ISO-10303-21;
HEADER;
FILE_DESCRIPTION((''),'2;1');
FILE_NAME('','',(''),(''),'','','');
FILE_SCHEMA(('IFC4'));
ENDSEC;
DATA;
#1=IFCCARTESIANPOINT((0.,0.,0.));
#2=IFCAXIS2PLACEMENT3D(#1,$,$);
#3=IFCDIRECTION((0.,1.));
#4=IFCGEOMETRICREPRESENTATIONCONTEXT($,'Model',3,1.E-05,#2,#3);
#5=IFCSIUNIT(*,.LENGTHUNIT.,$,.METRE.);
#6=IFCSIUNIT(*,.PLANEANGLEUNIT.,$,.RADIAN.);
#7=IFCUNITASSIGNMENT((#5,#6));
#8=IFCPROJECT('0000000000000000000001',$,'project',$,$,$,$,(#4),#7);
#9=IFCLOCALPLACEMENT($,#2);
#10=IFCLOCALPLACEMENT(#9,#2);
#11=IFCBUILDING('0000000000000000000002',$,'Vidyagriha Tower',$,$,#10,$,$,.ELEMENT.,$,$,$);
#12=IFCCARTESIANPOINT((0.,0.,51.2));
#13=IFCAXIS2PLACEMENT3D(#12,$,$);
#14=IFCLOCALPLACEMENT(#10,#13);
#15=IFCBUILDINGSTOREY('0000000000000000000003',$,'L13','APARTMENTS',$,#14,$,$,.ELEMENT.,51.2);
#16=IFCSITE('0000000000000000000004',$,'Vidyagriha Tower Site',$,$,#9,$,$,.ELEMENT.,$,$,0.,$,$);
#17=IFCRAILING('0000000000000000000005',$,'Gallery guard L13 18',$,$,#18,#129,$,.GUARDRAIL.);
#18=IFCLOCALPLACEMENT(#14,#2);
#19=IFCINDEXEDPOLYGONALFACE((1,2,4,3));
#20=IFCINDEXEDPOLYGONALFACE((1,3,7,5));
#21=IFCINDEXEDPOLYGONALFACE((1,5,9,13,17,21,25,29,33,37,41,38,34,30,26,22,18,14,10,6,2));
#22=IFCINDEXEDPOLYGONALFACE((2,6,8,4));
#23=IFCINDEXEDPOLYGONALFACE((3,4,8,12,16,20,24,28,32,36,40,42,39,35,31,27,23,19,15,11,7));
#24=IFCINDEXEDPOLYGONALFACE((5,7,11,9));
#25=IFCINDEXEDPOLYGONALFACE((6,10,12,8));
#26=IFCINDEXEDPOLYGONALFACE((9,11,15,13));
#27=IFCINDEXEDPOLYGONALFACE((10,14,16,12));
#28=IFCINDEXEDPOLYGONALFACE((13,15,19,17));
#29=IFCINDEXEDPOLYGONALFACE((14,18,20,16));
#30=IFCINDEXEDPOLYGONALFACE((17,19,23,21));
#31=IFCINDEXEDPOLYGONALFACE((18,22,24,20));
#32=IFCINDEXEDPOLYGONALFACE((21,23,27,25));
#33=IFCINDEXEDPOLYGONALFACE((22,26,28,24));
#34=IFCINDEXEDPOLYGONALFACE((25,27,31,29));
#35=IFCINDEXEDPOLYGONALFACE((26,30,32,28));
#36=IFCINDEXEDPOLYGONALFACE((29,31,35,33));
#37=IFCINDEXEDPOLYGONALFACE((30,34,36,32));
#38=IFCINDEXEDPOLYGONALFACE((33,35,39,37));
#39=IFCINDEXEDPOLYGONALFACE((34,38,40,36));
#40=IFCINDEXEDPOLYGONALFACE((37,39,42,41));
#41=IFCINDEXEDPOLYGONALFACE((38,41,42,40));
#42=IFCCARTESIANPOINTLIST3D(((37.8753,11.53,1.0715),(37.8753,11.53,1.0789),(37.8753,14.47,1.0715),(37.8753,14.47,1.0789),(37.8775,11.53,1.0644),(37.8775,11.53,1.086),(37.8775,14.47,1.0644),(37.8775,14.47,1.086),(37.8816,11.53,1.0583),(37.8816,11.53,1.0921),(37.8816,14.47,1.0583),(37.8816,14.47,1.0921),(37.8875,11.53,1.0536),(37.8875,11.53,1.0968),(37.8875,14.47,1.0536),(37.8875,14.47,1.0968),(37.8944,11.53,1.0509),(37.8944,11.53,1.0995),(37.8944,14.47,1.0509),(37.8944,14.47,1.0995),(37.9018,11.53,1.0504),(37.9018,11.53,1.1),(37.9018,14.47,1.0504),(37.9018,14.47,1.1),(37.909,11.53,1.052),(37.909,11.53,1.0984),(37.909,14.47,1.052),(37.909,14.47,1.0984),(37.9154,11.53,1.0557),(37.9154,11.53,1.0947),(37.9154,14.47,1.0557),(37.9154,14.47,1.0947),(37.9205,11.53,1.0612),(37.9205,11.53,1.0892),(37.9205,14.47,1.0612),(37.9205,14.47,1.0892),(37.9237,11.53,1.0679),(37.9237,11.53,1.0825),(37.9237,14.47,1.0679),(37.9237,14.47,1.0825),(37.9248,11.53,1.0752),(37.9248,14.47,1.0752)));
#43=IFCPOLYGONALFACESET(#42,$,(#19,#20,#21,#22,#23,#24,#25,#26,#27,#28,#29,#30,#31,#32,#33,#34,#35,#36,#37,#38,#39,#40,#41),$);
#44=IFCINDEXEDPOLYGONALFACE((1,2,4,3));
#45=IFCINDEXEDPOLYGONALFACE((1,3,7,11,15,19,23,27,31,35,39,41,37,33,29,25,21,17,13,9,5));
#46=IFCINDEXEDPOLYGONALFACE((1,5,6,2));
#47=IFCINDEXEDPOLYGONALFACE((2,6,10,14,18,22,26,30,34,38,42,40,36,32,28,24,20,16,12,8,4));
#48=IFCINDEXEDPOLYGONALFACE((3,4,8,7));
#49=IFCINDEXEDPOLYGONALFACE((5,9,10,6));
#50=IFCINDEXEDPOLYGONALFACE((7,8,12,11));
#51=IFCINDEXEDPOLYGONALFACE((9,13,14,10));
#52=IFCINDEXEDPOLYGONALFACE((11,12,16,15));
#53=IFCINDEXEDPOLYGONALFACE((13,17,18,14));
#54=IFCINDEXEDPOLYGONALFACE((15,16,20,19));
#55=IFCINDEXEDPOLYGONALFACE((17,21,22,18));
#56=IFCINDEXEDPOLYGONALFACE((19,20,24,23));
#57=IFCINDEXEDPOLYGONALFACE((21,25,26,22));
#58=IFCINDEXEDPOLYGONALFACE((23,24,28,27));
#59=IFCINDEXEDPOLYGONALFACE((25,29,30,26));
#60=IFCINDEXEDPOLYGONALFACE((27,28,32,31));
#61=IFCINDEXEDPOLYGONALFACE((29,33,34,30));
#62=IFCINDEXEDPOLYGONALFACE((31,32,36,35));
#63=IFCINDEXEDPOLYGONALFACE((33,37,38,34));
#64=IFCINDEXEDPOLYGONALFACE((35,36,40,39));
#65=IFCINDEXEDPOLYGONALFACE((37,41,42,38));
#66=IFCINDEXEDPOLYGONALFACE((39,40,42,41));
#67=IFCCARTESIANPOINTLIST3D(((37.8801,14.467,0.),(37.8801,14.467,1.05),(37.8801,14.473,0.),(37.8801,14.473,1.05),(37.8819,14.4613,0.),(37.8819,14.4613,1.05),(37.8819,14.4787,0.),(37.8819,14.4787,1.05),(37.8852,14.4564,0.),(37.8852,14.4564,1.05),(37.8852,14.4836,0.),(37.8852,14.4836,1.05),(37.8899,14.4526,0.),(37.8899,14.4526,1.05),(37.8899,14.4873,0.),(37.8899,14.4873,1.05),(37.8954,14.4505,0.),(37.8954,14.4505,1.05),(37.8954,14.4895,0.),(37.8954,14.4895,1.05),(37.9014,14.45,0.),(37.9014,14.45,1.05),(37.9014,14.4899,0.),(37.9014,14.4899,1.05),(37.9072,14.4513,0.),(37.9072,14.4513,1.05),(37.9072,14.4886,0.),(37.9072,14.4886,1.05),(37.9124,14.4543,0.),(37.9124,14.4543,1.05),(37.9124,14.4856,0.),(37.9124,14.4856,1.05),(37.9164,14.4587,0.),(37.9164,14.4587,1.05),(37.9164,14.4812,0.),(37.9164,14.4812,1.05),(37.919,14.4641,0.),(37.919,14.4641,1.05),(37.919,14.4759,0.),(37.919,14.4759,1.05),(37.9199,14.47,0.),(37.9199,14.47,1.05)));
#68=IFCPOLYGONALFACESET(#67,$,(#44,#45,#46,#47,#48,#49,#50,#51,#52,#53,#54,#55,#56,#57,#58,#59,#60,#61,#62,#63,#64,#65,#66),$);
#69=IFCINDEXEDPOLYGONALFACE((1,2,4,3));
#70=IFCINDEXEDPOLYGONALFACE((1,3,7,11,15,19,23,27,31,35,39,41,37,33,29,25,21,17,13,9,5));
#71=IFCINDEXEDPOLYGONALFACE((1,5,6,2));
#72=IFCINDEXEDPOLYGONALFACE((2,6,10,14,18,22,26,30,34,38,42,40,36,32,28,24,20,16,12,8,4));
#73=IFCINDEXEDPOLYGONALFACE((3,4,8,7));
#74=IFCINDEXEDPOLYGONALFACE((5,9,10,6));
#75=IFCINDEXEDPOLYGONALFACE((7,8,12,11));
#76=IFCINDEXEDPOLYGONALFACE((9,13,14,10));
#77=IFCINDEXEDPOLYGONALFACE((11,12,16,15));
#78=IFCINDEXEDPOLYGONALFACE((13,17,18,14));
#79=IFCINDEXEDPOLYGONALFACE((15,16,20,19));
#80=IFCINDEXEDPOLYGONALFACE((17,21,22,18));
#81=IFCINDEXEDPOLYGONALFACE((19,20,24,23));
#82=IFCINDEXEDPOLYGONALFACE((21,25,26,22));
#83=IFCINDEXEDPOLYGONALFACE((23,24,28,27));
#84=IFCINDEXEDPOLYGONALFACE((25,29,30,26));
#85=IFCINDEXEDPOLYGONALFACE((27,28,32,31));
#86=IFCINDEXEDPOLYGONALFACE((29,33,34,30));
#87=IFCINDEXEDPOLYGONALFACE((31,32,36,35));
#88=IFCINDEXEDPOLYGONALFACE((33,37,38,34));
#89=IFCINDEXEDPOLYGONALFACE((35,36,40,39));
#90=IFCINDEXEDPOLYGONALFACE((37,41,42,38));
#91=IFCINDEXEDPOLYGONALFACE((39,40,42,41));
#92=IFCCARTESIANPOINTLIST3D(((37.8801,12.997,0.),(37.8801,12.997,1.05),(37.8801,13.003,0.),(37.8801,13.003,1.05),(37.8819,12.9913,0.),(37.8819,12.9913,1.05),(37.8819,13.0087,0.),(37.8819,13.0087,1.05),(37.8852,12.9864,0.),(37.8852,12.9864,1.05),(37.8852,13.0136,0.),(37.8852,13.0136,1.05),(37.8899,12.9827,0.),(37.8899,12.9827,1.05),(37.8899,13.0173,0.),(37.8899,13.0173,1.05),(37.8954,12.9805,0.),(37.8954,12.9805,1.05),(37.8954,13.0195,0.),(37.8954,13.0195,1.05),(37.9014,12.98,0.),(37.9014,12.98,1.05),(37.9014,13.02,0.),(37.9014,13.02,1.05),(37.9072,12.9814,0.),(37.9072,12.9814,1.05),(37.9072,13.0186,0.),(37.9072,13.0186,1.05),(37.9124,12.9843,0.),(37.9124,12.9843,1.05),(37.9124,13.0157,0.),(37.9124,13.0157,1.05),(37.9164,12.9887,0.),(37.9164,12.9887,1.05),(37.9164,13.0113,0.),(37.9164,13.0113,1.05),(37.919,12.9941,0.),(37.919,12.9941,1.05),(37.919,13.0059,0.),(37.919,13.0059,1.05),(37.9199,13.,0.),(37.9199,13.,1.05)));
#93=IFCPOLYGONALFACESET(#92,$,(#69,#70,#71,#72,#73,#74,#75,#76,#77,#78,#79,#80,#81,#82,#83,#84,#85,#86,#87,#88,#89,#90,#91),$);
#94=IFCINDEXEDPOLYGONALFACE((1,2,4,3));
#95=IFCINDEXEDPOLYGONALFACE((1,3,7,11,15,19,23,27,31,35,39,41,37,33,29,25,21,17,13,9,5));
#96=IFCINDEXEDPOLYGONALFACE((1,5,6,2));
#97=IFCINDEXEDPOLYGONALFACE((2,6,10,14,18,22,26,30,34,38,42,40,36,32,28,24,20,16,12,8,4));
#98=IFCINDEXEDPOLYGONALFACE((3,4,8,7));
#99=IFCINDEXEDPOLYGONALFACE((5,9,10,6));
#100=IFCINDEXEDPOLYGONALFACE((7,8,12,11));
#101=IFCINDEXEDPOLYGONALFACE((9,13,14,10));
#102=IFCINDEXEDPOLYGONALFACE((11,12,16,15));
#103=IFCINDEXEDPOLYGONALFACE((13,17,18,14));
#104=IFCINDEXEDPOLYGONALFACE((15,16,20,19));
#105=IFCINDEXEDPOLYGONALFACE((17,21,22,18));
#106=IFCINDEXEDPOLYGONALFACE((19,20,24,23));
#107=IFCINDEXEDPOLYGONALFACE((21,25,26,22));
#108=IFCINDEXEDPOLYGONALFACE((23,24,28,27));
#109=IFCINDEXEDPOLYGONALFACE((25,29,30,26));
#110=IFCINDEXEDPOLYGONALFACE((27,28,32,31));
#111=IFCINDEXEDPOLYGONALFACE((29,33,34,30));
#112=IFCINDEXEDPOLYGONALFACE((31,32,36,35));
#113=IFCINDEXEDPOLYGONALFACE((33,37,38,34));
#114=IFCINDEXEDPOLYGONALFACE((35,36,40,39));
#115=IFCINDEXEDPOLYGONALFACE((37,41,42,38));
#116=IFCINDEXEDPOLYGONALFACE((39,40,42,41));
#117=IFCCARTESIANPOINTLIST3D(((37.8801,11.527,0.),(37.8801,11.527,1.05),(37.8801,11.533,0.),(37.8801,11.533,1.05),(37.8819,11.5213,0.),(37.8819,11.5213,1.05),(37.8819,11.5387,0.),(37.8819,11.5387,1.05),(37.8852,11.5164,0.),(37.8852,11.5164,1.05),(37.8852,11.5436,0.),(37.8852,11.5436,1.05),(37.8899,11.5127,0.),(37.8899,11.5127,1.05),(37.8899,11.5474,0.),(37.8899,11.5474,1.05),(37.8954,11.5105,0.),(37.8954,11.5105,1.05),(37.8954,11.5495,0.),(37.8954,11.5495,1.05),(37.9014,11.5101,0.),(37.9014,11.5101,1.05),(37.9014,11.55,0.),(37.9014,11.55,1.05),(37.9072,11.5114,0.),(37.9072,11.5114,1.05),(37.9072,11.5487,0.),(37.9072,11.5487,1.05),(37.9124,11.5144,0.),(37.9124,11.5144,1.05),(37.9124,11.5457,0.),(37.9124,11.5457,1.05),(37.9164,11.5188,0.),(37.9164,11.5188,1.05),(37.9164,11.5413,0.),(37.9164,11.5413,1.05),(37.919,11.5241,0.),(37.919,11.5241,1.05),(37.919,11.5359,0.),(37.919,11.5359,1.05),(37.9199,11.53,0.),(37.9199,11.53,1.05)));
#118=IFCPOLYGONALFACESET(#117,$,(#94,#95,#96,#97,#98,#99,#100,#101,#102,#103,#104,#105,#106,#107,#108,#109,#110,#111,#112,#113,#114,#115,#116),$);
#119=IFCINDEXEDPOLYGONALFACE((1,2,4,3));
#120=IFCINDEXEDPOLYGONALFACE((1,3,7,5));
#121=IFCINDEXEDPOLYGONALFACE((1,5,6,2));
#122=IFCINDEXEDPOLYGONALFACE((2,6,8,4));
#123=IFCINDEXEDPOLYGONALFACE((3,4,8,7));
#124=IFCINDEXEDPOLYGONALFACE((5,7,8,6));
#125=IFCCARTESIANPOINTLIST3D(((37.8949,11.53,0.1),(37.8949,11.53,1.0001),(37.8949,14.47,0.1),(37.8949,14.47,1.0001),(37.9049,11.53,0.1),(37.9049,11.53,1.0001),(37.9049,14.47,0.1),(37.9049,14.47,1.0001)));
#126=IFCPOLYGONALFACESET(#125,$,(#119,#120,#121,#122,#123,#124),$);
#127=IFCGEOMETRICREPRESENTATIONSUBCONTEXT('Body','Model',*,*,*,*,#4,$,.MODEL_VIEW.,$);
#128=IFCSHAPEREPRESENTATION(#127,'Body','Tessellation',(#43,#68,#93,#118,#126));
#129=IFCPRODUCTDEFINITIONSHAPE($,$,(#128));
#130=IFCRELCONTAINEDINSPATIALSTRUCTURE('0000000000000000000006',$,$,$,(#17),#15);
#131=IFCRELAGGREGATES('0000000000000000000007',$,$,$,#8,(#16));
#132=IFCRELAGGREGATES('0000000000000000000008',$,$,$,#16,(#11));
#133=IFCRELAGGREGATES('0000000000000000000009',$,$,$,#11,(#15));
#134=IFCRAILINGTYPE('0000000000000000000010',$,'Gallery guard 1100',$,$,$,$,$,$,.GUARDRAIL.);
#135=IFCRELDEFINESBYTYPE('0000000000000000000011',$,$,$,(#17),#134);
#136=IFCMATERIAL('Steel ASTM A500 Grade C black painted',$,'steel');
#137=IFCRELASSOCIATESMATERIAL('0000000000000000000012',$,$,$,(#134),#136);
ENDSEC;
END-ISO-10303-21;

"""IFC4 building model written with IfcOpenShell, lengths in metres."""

from ifc_helpers import new_model, si_unit, direction, frame, origin, origin_2d, place, context, subcontext, project, spatial, rectangle, circle, extrude, material, type_object, element, save


model = new_model("IFC4")

# Units and contexts
model_context = context("Model", 3, precision=1e-05, world=origin(), true_north=direction((0.0, 1.0)))
body_context = subcontext(model_context, "Body", "Model", "MODEL_VIEW")
ifc_project = project(units=[si_unit("LENGTHUNIT", "METRE"), si_unit("PLANEANGLEUNIT", "RADIAN")], contexts=[model_context])

# Site, building, storey
site_placement = place(None, origin())
site = spatial("IfcSite", under=ifc_project, at=site_placement, Name="Vidyagriha Tower Site", CompositionType="ELEMENT", RefElevation=0.0)
building_placement = place(site_placement, origin())
building = spatial("IfcBuilding", under=site, at=building_placement, Name="Vidyagriha Tower", CompositionType="ELEMENT")
storey_placement = place(building_placement, frame((0.0, 0.0, 51.2)))
storey = spatial("IfcBuildingStorey", under=building, at=storey_placement, Name="L13", Description="APARTMENTS", CompositionType="ELEMENT", Elevation=51.2)

# Railing
ifc_material_1 = material(Name="Steel ASTM A500 Grade C black painted", Category="steel")
railing_type = type_object("IfcRailingType", Name="Gallery guard 1100", PredefinedType="GUARDRAIL", material=ifc_material_1)
railing_placement = place(storey_placement, frame((37.8999, 14.47, 0.0)))
element("IfcRailing", 1, at=railing_placement, inside=storey, type_object=railing_type, Name="Gallery guard L13 18", PredefinedType="GUARDRAIL", context=body_context, shape_type="SweptSolid", body=[
    extrude(circle(Radius=0.0249, at=origin_2d()), frame((0.0, 0.0, 1.0752), z_axis=(0.0, -1.0, 0.0), x_axis=(1.0, 0.0, 0.0)), (0.0, 0.0, 1.0), 2.9399),
    extrude(circle(Radius=0.02, at=origin_2d()), origin(), (0.0, 0.0, 1.0), 1.05),
    extrude(circle(Radius=0.02, at=origin_2d()), frame((0.0, -1.47, 0.0)), (0.0, 0.0, 1.0), 1.05),
    extrude(circle(Radius=0.02, at=origin_2d()), frame((0.0, -2.9399, 0.0)), (0.0, 0.0, 1.0), 1.05),
    extrude(rectangle(XDim=0.01, YDim=0.9001, at=origin_2d()), frame((0.0, 0.0, 0.55), z_axis=(0.0, -1.0, 0.0), x_axis=(1.0, 0.0, 0.0)), (0.0, 0.0, 1.0), 2.9399),
])

save(model, "model.ifc")
